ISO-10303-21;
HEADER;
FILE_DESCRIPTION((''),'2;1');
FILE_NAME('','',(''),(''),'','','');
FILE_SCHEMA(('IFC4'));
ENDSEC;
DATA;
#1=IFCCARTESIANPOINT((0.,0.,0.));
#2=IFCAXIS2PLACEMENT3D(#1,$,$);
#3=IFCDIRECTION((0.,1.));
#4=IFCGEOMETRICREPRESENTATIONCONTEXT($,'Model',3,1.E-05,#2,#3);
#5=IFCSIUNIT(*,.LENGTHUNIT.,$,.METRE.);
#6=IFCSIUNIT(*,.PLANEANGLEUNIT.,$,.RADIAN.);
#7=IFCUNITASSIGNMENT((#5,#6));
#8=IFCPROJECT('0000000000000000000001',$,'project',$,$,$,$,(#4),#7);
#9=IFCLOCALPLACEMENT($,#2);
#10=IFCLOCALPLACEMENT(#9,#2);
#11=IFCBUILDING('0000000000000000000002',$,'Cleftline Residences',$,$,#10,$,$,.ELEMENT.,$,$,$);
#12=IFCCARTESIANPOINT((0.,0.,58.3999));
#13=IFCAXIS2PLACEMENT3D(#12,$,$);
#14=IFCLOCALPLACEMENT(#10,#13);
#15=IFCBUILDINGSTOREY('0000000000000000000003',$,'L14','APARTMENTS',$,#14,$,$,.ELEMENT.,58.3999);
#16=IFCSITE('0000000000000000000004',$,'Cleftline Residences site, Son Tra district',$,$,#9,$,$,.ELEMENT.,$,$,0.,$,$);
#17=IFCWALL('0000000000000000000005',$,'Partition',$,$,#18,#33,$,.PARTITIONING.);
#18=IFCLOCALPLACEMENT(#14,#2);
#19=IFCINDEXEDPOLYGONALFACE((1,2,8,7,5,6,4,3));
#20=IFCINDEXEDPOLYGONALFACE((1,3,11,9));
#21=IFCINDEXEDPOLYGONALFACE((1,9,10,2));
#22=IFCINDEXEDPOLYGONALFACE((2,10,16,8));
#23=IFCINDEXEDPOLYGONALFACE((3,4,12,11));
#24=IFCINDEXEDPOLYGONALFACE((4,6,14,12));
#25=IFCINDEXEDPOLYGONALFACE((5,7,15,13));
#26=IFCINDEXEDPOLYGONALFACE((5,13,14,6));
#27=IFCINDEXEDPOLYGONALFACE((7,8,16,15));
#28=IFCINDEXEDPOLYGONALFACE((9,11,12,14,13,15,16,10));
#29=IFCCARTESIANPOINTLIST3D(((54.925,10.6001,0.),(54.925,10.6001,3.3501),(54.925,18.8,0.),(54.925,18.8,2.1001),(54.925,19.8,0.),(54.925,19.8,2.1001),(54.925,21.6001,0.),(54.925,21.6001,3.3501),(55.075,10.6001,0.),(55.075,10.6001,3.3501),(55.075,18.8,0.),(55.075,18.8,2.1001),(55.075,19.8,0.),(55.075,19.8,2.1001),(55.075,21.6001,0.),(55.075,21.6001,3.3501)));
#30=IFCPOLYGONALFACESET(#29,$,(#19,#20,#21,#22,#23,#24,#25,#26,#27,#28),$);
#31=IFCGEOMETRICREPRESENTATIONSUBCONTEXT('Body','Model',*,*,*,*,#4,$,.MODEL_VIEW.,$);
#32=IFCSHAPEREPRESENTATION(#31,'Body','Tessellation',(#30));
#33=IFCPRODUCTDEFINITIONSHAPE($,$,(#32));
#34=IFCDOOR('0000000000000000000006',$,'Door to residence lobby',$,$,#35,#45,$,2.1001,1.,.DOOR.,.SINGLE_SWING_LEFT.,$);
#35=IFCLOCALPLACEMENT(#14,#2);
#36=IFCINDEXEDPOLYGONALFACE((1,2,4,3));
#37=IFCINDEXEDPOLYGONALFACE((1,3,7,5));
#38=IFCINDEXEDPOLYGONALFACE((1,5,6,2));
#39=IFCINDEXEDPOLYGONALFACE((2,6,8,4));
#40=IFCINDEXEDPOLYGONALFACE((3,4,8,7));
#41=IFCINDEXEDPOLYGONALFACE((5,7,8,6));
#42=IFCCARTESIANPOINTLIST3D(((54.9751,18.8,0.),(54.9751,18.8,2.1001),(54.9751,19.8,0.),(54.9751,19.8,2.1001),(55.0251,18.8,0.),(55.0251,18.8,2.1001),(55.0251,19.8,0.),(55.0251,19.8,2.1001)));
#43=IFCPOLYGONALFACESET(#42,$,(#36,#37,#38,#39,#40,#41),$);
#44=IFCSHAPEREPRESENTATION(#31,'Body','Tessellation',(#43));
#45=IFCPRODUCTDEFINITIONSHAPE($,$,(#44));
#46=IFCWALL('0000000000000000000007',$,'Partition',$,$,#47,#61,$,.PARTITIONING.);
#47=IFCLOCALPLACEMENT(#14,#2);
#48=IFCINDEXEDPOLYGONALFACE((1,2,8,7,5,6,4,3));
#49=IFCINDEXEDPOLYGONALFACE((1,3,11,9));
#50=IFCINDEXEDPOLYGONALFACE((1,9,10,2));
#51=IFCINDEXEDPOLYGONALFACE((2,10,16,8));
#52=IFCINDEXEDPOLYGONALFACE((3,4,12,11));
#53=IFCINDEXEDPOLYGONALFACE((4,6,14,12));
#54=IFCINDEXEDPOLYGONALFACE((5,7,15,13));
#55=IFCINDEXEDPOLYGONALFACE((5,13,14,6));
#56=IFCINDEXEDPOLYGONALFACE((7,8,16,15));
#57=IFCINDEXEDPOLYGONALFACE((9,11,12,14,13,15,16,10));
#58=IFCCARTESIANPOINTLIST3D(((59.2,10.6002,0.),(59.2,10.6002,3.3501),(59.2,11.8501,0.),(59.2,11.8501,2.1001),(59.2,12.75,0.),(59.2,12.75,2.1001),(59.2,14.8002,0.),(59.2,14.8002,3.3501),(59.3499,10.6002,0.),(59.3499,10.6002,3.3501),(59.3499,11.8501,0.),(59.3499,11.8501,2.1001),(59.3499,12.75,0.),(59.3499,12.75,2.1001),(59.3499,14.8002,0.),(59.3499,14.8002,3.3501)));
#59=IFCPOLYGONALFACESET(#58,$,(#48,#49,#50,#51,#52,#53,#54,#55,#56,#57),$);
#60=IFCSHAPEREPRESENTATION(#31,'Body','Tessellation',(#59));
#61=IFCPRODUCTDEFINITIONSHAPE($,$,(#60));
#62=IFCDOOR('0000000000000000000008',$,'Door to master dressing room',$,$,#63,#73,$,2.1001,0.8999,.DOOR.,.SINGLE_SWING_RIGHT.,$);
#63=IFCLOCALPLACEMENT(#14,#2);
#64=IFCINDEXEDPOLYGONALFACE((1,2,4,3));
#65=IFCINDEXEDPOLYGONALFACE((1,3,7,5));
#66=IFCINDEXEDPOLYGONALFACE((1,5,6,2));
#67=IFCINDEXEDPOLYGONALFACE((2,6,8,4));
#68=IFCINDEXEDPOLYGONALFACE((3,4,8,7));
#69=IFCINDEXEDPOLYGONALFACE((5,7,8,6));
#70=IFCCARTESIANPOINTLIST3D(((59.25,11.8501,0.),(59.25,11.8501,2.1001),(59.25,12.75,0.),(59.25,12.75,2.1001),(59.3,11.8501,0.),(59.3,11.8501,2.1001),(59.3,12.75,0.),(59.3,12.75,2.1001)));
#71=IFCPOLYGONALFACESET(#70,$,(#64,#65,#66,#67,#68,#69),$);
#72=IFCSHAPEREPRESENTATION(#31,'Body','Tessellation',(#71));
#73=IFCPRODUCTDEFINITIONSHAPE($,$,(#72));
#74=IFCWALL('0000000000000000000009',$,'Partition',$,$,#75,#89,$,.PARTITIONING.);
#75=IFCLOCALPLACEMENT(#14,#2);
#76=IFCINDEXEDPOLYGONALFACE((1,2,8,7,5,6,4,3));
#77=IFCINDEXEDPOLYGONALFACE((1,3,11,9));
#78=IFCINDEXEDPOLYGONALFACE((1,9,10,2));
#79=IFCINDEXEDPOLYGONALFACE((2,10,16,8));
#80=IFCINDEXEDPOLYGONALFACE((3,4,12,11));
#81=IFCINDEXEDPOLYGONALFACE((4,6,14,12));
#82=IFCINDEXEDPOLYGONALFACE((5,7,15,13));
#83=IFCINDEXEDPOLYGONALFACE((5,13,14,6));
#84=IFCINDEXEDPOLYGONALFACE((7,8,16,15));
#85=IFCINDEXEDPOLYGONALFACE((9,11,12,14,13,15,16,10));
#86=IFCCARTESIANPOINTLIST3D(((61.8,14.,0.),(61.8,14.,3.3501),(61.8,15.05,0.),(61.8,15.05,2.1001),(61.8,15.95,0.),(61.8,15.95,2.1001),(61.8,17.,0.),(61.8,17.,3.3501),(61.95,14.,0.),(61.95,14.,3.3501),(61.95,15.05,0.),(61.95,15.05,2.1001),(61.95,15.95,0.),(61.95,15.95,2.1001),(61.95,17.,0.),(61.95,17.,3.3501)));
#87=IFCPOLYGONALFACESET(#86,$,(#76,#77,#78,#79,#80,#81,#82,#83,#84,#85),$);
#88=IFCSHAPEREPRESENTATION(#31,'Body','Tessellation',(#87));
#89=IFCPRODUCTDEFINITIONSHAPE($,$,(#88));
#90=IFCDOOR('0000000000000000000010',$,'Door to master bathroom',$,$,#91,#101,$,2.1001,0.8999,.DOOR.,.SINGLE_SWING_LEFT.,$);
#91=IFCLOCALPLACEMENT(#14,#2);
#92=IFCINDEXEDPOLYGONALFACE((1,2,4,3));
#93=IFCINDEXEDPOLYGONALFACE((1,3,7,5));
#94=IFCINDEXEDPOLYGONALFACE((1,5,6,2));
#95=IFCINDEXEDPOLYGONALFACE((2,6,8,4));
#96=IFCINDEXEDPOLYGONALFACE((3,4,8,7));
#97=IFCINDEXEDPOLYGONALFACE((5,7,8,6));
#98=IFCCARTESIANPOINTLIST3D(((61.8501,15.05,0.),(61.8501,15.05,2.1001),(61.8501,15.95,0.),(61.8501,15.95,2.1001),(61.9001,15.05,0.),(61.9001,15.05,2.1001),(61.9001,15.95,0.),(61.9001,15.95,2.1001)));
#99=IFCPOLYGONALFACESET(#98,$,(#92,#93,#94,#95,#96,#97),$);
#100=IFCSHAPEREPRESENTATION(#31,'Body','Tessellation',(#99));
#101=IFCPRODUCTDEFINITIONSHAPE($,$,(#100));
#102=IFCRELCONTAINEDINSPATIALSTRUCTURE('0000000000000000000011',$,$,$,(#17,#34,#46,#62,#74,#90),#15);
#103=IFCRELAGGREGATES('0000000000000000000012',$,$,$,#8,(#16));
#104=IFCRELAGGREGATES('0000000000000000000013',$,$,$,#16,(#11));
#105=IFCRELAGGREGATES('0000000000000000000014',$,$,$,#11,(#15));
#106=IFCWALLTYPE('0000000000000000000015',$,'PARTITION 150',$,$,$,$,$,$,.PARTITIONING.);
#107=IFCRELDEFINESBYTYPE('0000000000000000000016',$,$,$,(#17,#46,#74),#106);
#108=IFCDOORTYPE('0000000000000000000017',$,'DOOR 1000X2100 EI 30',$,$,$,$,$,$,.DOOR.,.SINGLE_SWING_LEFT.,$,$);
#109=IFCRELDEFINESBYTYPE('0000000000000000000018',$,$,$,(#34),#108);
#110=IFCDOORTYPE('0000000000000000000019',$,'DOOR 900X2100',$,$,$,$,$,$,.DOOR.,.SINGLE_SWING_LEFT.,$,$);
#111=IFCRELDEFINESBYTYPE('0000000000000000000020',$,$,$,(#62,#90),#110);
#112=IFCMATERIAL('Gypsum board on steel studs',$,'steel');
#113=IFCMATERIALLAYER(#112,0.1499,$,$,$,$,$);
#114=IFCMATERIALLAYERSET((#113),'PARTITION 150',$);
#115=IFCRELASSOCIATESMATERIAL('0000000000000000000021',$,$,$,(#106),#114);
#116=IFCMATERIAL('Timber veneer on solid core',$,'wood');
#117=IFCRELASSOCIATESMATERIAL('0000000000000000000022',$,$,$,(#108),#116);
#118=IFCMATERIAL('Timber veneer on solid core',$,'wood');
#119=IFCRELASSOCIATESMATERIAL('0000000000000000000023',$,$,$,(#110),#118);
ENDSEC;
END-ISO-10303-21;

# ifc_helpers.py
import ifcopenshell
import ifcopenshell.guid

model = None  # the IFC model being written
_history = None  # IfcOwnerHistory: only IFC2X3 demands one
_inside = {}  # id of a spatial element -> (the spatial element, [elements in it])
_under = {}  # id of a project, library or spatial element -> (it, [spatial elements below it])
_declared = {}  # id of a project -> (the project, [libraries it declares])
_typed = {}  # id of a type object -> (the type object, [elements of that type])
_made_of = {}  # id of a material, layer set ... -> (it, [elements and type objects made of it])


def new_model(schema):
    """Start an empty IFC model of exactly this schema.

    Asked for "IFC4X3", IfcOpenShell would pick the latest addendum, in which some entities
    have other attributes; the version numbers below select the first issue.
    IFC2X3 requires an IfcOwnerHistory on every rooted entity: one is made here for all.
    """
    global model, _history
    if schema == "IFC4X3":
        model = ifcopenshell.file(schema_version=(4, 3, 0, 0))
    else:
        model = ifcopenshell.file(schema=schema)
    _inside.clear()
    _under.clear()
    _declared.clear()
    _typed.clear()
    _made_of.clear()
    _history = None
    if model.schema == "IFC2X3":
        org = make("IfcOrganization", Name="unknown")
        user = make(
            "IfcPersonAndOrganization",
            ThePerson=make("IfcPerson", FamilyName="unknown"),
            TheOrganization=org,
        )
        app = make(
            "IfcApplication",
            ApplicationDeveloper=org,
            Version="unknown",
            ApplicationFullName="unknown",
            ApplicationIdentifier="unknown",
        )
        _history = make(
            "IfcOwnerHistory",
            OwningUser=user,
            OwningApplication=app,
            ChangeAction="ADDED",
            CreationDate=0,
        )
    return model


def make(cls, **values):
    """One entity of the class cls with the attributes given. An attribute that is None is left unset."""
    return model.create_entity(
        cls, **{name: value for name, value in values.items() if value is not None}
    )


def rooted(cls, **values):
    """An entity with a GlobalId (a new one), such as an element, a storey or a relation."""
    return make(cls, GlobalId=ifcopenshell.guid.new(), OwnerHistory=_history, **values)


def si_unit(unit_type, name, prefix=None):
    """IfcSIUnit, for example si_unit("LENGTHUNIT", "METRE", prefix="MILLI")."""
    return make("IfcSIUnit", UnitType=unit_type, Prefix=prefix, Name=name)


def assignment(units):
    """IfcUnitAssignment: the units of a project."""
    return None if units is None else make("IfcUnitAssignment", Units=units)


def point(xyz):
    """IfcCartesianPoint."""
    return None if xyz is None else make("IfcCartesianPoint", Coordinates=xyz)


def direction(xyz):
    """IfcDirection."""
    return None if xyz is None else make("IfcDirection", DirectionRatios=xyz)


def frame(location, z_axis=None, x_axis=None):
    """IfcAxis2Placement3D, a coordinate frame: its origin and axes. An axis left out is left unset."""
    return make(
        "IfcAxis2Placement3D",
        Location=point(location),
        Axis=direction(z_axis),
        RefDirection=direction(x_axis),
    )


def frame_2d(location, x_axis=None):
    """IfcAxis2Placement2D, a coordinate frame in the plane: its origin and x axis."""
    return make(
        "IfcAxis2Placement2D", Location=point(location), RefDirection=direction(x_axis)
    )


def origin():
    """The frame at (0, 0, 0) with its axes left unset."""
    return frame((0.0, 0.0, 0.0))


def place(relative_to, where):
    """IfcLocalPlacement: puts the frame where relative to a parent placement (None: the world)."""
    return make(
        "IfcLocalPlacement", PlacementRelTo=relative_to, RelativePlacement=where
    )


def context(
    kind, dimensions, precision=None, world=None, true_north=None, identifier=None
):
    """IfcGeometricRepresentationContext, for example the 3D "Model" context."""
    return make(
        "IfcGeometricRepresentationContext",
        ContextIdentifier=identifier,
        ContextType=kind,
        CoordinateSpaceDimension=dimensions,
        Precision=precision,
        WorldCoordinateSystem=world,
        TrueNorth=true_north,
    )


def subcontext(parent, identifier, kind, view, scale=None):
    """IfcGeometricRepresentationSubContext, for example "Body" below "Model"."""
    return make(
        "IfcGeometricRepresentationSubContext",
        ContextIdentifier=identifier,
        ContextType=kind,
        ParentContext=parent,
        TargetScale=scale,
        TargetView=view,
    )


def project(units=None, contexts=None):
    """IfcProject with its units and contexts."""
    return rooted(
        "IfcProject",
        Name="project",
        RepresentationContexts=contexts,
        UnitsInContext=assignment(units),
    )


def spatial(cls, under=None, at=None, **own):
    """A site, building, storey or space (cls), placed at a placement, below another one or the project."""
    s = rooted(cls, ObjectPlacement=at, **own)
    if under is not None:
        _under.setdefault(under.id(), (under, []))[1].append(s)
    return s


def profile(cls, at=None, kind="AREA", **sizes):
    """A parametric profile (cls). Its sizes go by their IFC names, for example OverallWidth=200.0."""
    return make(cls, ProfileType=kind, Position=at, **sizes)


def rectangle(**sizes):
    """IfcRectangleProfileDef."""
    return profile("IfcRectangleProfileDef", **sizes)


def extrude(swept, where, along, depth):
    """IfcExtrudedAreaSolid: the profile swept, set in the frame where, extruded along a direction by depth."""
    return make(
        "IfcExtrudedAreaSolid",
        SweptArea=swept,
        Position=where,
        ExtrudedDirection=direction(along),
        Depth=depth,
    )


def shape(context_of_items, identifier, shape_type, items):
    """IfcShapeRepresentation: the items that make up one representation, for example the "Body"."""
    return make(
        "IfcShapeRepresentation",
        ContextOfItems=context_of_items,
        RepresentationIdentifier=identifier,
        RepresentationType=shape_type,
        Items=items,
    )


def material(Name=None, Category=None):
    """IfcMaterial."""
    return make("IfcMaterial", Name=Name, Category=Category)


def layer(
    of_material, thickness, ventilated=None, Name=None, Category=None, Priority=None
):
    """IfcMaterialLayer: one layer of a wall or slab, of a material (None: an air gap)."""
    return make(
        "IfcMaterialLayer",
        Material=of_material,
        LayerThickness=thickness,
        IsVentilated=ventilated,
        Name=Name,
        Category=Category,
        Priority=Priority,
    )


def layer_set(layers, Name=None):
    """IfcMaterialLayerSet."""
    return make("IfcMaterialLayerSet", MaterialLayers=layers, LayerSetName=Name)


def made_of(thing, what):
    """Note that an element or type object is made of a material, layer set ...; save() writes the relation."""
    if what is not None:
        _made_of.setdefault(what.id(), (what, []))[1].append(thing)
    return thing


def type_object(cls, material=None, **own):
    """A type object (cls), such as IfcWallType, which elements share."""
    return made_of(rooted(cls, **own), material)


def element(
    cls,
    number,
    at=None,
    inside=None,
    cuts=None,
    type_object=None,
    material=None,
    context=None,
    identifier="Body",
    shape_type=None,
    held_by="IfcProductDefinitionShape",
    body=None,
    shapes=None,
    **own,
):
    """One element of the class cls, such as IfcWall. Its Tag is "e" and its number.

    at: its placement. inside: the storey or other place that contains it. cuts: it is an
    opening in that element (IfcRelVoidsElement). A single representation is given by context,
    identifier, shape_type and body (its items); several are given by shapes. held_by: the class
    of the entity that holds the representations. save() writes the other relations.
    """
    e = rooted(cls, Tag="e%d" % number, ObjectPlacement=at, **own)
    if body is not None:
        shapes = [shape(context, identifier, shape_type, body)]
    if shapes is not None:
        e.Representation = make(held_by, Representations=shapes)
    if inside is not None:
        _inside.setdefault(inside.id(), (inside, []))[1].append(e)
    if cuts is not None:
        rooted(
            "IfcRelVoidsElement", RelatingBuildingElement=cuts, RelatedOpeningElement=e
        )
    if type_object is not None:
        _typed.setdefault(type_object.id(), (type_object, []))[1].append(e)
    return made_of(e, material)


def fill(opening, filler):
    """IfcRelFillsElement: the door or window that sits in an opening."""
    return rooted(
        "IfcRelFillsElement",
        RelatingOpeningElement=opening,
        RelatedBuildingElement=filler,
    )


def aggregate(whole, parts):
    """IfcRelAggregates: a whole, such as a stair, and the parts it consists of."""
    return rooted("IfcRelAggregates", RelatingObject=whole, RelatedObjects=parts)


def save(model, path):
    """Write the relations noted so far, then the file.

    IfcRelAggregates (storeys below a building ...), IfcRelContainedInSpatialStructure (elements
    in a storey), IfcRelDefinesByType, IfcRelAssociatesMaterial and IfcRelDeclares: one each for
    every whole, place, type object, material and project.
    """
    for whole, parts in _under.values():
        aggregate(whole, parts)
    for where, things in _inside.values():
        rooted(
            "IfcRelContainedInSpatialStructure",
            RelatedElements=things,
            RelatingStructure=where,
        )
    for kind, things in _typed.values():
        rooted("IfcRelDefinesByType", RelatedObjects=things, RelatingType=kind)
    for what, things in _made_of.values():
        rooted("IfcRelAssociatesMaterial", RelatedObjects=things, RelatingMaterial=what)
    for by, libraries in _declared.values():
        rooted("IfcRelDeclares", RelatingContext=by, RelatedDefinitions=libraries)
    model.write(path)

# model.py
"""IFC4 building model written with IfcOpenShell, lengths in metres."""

from ifc_helpers import new_model, si_unit, direction, frame, frame_2d, origin, place, context, subcontext, project, spatial, rectangle, extrude, material, layer, layer_set, type_object, element, fill, save


model = new_model("IFC4")

# Units and contexts
model_context = context("Model", 3, precision=1e-05, world=origin(), true_north=direction((0.0, 1.0)))
body_context = subcontext(model_context, "Body", "Model", "MODEL_VIEW")
ifc_project = project(units=[si_unit("LENGTHUNIT", "METRE"), si_unit("PLANEANGLEUNIT", "RADIAN")], contexts=[model_context])

# Site, building, storey
site_placement = place(None, origin())
site = spatial("IfcSite", under=ifc_project, at=site_placement, Name="Cleftline Residences site, Son Tra district", CompositionType="ELEMENT", RefElevation=0.0)
building_placement = place(site_placement, origin())
building = spatial("IfcBuilding", under=site, at=building_placement, Name="Cleftline Residences", CompositionType="ELEMENT")
storey_placement = place(building_placement, frame((0.0, 0.0, 58.3999)))
storey = spatial("IfcBuildingStorey", under=building, at=storey_placement, Name="L14", Description="APARTMENTS", CompositionType="ELEMENT", Elevation=58.3999)

# Shared definitions
ifc_material_1 = material(Name="Gypsum board on steel studs", Category="steel")
ifc_layer = layer(ifc_material_1, 0.1499)
ifc_layer_set = layer_set([ifc_layer], Name="PARTITION 150")
wall_type = type_object("IfcWallType", Name="PARTITION 150", PredefinedType="PARTITIONING", material=ifc_layer_set)

# Walls, openings, doors
wall_1_placement = place(storey_placement, frame((55.0, 10.6001, 0.0), z_axis=(0.0, 0.0, 1.0), x_axis=(0.0, 1.0, 0.0)))
wall_1 = element("IfcWall", 1, at=wall_1_placement, inside=storey, type_object=wall_type, Name="Partition", PredefinedType="PARTITIONING", context=body_context, shape_type="SweptSolid", body=[
    extrude(rectangle(XDim=11.0, YDim=0.1499, at=frame_2d((5.5, 0.0))), origin(), (0.0, 0.0, 1.0), 3.3501),
])
opening_1_placement = place(wall_1_placement, frame((8.2, 0.0, 0.0)))
opening_1 = element("IfcOpeningElement", 2, at=opening_1_placement, cuts=wall_1, PredefinedType="OPENING", context=body_context, shape_type="SweptSolid", body=[
    extrude(rectangle(XDim=1.0, YDim=2.1001, at=frame_2d((0.5, 1.05))), frame((0.0, 0.085, 0.0), z_axis=(0.0, -1.0, 0.0), x_axis=(1.0, 0.0, 0.0)), (0.0, 0.0, 1.0), 0.1699),
])
ifc_material_2 = material(Name="Timber veneer on solid core", Category="wood")
door_type_1 = type_object("IfcDoorType", Name="DOOR 1000X2100 EI 30", OperationType="SINGLE_SWING_LEFT", PredefinedType="DOOR", material=ifc_material_2)
door_1_placement = place(opening_1_placement, origin())
door_1 = element("IfcDoor", 3, at=door_1_placement, inside=storey, type_object=door_type_1, Name="Door to residence lobby", OperationType="SINGLE_SWING_LEFT", OverallHeight=2.1001, OverallWidth=1.0, PredefinedType="DOOR", context=body_context, shape_type="SweptSolid", body=[
    extrude(rectangle(XDim=1.0, YDim=2.1001, at=frame_2d((0.5, 1.05))), frame((0.0, 0.0249, 0.0), z_axis=(0.0, -1.0, 0.0), x_axis=(1.0, 0.0, 0.0)), (0.0, 0.0, 1.0), 0.05),
])
fill(opening_1, door_1)
wall_2_placement = place(storey_placement, frame((59.2749, 10.6001, 0.0), z_axis=(0.0, 0.0, 1.0), x_axis=(0.0, 1.0, 0.0)))
wall_2 = element("IfcWall", 4, at=wall_2_placement, inside=storey, type_object=wall_type, Name="Partition", PredefinedType="PARTITIONING", context=body_context, shape_type="SweptSolid", body=[
    extrude(rectangle(XDim=4.2, YDim=0.1499, at=frame_2d((2.1001, 0.0))), origin(), (0.0, 0.0, 1.0), 3.3501),
])
opening_2_placement = place(wall_2_placement, frame((1.25, 0.0, 0.0)))
opening_2 = element("IfcOpeningElement", 5, at=opening_2_placement, cuts=wall_2, PredefinedType="OPENING", context=body_context, shape_type="SweptSolid", body=[
    extrude(rectangle(XDim=0.8999, YDim=2.1001, at=frame_2d((0.45, 1.05))), frame((0.0, 0.085, 0.0), z_axis=(0.0, -1.0, 0.0), x_axis=(1.0, 0.0, 0.0)), (0.0, 0.0, 1.0), 0.1699),
])
ifc_material_3 = material(Name="Timber veneer on solid core", Category="wood")
door_type_2 = type_object("IfcDoorType", Name="DOOR 900X2100", OperationType="SINGLE_SWING_LEFT", PredefinedType="DOOR", material=ifc_material_3)
door_2_placement = place(opening_2_placement, origin())
door_2 = element("IfcDoor", 6, at=door_2_placement, inside=storey, type_object=door_type_2, Name="Door to master dressing room", OperationType="SINGLE_SWING_RIGHT", OverallHeight=2.1001, OverallWidth=0.8999, PredefinedType="DOOR", context=body_context, shape_type="SweptSolid", body=[
    extrude(rectangle(XDim=0.8999, YDim=2.1001, at=frame_2d((0.45, 1.05))), frame((0.0, 0.0249, 0.0), z_axis=(0.0, -1.0, 0.0), x_axis=(1.0, 0.0, 0.0)), (0.0, 0.0, 1.0), 0.05),
])
fill(opening_2, door_2)
wall_3_placement = place(storey_placement, frame((61.875, 14.0, 0.0), z_axis=(0.0, 0.0, 1.0), x_axis=(0.0, 1.0, 0.0)))
wall_3 = element("IfcWall", 7, at=wall_3_placement, inside=storey, type_object=wall_type, Name="Partition", PredefinedType="PARTITIONING", context=body_context, shape_type="SweptSolid", body=[
    extrude(rectangle(XDim=3.0, YDim=0.1499, at=frame_2d((1.5, 0.0))), origin(), (0.0, 0.0, 1.0), 3.3501),
])
opening_3_placement = place(wall_3_placement, frame((1.05, 0.0, 0.0)))
opening_3 = element("IfcOpeningElement", 8, at=opening_3_placement, cuts=wall_3, PredefinedType="OPENING", context=body_context, shape_type="SweptSolid", body=[
    extrude(rectangle(XDim=0.8999, YDim=2.1001, at=frame_2d((0.45, 1.05))), frame((0.0, 0.085, 0.0), z_axis=(0.0, -1.0, 0.0), x_axis=(1.0, 0.0, 0.0)), (0.0, 0.0, 1.0), 0.1699),
])
door_3_placement = place(opening_3_placement, origin())
door_3 = element("IfcDoor", 9, at=door_3_placement, inside=storey, type_object=door_type_2, Name="Door to master bathroom", OperationType="SINGLE_SWING_LEFT", OverallHeight=2.1001, OverallWidth=0.8999, PredefinedType="DOOR", context=body_context, shape_type="SweptSolid", body=[
    extrude(rectangle(XDim=0.8999, YDim=2.1001, at=frame_2d((0.45, 1.05))), frame((0.0, 0.0249, 0.0), z_axis=(0.0, -1.0, 0.0), x_axis=(1.0, 0.0, 0.0)), (0.0, 0.0, 1.0), 0.05),
])
fill(opening_3, door_3)

save(model, "model.ifc")
